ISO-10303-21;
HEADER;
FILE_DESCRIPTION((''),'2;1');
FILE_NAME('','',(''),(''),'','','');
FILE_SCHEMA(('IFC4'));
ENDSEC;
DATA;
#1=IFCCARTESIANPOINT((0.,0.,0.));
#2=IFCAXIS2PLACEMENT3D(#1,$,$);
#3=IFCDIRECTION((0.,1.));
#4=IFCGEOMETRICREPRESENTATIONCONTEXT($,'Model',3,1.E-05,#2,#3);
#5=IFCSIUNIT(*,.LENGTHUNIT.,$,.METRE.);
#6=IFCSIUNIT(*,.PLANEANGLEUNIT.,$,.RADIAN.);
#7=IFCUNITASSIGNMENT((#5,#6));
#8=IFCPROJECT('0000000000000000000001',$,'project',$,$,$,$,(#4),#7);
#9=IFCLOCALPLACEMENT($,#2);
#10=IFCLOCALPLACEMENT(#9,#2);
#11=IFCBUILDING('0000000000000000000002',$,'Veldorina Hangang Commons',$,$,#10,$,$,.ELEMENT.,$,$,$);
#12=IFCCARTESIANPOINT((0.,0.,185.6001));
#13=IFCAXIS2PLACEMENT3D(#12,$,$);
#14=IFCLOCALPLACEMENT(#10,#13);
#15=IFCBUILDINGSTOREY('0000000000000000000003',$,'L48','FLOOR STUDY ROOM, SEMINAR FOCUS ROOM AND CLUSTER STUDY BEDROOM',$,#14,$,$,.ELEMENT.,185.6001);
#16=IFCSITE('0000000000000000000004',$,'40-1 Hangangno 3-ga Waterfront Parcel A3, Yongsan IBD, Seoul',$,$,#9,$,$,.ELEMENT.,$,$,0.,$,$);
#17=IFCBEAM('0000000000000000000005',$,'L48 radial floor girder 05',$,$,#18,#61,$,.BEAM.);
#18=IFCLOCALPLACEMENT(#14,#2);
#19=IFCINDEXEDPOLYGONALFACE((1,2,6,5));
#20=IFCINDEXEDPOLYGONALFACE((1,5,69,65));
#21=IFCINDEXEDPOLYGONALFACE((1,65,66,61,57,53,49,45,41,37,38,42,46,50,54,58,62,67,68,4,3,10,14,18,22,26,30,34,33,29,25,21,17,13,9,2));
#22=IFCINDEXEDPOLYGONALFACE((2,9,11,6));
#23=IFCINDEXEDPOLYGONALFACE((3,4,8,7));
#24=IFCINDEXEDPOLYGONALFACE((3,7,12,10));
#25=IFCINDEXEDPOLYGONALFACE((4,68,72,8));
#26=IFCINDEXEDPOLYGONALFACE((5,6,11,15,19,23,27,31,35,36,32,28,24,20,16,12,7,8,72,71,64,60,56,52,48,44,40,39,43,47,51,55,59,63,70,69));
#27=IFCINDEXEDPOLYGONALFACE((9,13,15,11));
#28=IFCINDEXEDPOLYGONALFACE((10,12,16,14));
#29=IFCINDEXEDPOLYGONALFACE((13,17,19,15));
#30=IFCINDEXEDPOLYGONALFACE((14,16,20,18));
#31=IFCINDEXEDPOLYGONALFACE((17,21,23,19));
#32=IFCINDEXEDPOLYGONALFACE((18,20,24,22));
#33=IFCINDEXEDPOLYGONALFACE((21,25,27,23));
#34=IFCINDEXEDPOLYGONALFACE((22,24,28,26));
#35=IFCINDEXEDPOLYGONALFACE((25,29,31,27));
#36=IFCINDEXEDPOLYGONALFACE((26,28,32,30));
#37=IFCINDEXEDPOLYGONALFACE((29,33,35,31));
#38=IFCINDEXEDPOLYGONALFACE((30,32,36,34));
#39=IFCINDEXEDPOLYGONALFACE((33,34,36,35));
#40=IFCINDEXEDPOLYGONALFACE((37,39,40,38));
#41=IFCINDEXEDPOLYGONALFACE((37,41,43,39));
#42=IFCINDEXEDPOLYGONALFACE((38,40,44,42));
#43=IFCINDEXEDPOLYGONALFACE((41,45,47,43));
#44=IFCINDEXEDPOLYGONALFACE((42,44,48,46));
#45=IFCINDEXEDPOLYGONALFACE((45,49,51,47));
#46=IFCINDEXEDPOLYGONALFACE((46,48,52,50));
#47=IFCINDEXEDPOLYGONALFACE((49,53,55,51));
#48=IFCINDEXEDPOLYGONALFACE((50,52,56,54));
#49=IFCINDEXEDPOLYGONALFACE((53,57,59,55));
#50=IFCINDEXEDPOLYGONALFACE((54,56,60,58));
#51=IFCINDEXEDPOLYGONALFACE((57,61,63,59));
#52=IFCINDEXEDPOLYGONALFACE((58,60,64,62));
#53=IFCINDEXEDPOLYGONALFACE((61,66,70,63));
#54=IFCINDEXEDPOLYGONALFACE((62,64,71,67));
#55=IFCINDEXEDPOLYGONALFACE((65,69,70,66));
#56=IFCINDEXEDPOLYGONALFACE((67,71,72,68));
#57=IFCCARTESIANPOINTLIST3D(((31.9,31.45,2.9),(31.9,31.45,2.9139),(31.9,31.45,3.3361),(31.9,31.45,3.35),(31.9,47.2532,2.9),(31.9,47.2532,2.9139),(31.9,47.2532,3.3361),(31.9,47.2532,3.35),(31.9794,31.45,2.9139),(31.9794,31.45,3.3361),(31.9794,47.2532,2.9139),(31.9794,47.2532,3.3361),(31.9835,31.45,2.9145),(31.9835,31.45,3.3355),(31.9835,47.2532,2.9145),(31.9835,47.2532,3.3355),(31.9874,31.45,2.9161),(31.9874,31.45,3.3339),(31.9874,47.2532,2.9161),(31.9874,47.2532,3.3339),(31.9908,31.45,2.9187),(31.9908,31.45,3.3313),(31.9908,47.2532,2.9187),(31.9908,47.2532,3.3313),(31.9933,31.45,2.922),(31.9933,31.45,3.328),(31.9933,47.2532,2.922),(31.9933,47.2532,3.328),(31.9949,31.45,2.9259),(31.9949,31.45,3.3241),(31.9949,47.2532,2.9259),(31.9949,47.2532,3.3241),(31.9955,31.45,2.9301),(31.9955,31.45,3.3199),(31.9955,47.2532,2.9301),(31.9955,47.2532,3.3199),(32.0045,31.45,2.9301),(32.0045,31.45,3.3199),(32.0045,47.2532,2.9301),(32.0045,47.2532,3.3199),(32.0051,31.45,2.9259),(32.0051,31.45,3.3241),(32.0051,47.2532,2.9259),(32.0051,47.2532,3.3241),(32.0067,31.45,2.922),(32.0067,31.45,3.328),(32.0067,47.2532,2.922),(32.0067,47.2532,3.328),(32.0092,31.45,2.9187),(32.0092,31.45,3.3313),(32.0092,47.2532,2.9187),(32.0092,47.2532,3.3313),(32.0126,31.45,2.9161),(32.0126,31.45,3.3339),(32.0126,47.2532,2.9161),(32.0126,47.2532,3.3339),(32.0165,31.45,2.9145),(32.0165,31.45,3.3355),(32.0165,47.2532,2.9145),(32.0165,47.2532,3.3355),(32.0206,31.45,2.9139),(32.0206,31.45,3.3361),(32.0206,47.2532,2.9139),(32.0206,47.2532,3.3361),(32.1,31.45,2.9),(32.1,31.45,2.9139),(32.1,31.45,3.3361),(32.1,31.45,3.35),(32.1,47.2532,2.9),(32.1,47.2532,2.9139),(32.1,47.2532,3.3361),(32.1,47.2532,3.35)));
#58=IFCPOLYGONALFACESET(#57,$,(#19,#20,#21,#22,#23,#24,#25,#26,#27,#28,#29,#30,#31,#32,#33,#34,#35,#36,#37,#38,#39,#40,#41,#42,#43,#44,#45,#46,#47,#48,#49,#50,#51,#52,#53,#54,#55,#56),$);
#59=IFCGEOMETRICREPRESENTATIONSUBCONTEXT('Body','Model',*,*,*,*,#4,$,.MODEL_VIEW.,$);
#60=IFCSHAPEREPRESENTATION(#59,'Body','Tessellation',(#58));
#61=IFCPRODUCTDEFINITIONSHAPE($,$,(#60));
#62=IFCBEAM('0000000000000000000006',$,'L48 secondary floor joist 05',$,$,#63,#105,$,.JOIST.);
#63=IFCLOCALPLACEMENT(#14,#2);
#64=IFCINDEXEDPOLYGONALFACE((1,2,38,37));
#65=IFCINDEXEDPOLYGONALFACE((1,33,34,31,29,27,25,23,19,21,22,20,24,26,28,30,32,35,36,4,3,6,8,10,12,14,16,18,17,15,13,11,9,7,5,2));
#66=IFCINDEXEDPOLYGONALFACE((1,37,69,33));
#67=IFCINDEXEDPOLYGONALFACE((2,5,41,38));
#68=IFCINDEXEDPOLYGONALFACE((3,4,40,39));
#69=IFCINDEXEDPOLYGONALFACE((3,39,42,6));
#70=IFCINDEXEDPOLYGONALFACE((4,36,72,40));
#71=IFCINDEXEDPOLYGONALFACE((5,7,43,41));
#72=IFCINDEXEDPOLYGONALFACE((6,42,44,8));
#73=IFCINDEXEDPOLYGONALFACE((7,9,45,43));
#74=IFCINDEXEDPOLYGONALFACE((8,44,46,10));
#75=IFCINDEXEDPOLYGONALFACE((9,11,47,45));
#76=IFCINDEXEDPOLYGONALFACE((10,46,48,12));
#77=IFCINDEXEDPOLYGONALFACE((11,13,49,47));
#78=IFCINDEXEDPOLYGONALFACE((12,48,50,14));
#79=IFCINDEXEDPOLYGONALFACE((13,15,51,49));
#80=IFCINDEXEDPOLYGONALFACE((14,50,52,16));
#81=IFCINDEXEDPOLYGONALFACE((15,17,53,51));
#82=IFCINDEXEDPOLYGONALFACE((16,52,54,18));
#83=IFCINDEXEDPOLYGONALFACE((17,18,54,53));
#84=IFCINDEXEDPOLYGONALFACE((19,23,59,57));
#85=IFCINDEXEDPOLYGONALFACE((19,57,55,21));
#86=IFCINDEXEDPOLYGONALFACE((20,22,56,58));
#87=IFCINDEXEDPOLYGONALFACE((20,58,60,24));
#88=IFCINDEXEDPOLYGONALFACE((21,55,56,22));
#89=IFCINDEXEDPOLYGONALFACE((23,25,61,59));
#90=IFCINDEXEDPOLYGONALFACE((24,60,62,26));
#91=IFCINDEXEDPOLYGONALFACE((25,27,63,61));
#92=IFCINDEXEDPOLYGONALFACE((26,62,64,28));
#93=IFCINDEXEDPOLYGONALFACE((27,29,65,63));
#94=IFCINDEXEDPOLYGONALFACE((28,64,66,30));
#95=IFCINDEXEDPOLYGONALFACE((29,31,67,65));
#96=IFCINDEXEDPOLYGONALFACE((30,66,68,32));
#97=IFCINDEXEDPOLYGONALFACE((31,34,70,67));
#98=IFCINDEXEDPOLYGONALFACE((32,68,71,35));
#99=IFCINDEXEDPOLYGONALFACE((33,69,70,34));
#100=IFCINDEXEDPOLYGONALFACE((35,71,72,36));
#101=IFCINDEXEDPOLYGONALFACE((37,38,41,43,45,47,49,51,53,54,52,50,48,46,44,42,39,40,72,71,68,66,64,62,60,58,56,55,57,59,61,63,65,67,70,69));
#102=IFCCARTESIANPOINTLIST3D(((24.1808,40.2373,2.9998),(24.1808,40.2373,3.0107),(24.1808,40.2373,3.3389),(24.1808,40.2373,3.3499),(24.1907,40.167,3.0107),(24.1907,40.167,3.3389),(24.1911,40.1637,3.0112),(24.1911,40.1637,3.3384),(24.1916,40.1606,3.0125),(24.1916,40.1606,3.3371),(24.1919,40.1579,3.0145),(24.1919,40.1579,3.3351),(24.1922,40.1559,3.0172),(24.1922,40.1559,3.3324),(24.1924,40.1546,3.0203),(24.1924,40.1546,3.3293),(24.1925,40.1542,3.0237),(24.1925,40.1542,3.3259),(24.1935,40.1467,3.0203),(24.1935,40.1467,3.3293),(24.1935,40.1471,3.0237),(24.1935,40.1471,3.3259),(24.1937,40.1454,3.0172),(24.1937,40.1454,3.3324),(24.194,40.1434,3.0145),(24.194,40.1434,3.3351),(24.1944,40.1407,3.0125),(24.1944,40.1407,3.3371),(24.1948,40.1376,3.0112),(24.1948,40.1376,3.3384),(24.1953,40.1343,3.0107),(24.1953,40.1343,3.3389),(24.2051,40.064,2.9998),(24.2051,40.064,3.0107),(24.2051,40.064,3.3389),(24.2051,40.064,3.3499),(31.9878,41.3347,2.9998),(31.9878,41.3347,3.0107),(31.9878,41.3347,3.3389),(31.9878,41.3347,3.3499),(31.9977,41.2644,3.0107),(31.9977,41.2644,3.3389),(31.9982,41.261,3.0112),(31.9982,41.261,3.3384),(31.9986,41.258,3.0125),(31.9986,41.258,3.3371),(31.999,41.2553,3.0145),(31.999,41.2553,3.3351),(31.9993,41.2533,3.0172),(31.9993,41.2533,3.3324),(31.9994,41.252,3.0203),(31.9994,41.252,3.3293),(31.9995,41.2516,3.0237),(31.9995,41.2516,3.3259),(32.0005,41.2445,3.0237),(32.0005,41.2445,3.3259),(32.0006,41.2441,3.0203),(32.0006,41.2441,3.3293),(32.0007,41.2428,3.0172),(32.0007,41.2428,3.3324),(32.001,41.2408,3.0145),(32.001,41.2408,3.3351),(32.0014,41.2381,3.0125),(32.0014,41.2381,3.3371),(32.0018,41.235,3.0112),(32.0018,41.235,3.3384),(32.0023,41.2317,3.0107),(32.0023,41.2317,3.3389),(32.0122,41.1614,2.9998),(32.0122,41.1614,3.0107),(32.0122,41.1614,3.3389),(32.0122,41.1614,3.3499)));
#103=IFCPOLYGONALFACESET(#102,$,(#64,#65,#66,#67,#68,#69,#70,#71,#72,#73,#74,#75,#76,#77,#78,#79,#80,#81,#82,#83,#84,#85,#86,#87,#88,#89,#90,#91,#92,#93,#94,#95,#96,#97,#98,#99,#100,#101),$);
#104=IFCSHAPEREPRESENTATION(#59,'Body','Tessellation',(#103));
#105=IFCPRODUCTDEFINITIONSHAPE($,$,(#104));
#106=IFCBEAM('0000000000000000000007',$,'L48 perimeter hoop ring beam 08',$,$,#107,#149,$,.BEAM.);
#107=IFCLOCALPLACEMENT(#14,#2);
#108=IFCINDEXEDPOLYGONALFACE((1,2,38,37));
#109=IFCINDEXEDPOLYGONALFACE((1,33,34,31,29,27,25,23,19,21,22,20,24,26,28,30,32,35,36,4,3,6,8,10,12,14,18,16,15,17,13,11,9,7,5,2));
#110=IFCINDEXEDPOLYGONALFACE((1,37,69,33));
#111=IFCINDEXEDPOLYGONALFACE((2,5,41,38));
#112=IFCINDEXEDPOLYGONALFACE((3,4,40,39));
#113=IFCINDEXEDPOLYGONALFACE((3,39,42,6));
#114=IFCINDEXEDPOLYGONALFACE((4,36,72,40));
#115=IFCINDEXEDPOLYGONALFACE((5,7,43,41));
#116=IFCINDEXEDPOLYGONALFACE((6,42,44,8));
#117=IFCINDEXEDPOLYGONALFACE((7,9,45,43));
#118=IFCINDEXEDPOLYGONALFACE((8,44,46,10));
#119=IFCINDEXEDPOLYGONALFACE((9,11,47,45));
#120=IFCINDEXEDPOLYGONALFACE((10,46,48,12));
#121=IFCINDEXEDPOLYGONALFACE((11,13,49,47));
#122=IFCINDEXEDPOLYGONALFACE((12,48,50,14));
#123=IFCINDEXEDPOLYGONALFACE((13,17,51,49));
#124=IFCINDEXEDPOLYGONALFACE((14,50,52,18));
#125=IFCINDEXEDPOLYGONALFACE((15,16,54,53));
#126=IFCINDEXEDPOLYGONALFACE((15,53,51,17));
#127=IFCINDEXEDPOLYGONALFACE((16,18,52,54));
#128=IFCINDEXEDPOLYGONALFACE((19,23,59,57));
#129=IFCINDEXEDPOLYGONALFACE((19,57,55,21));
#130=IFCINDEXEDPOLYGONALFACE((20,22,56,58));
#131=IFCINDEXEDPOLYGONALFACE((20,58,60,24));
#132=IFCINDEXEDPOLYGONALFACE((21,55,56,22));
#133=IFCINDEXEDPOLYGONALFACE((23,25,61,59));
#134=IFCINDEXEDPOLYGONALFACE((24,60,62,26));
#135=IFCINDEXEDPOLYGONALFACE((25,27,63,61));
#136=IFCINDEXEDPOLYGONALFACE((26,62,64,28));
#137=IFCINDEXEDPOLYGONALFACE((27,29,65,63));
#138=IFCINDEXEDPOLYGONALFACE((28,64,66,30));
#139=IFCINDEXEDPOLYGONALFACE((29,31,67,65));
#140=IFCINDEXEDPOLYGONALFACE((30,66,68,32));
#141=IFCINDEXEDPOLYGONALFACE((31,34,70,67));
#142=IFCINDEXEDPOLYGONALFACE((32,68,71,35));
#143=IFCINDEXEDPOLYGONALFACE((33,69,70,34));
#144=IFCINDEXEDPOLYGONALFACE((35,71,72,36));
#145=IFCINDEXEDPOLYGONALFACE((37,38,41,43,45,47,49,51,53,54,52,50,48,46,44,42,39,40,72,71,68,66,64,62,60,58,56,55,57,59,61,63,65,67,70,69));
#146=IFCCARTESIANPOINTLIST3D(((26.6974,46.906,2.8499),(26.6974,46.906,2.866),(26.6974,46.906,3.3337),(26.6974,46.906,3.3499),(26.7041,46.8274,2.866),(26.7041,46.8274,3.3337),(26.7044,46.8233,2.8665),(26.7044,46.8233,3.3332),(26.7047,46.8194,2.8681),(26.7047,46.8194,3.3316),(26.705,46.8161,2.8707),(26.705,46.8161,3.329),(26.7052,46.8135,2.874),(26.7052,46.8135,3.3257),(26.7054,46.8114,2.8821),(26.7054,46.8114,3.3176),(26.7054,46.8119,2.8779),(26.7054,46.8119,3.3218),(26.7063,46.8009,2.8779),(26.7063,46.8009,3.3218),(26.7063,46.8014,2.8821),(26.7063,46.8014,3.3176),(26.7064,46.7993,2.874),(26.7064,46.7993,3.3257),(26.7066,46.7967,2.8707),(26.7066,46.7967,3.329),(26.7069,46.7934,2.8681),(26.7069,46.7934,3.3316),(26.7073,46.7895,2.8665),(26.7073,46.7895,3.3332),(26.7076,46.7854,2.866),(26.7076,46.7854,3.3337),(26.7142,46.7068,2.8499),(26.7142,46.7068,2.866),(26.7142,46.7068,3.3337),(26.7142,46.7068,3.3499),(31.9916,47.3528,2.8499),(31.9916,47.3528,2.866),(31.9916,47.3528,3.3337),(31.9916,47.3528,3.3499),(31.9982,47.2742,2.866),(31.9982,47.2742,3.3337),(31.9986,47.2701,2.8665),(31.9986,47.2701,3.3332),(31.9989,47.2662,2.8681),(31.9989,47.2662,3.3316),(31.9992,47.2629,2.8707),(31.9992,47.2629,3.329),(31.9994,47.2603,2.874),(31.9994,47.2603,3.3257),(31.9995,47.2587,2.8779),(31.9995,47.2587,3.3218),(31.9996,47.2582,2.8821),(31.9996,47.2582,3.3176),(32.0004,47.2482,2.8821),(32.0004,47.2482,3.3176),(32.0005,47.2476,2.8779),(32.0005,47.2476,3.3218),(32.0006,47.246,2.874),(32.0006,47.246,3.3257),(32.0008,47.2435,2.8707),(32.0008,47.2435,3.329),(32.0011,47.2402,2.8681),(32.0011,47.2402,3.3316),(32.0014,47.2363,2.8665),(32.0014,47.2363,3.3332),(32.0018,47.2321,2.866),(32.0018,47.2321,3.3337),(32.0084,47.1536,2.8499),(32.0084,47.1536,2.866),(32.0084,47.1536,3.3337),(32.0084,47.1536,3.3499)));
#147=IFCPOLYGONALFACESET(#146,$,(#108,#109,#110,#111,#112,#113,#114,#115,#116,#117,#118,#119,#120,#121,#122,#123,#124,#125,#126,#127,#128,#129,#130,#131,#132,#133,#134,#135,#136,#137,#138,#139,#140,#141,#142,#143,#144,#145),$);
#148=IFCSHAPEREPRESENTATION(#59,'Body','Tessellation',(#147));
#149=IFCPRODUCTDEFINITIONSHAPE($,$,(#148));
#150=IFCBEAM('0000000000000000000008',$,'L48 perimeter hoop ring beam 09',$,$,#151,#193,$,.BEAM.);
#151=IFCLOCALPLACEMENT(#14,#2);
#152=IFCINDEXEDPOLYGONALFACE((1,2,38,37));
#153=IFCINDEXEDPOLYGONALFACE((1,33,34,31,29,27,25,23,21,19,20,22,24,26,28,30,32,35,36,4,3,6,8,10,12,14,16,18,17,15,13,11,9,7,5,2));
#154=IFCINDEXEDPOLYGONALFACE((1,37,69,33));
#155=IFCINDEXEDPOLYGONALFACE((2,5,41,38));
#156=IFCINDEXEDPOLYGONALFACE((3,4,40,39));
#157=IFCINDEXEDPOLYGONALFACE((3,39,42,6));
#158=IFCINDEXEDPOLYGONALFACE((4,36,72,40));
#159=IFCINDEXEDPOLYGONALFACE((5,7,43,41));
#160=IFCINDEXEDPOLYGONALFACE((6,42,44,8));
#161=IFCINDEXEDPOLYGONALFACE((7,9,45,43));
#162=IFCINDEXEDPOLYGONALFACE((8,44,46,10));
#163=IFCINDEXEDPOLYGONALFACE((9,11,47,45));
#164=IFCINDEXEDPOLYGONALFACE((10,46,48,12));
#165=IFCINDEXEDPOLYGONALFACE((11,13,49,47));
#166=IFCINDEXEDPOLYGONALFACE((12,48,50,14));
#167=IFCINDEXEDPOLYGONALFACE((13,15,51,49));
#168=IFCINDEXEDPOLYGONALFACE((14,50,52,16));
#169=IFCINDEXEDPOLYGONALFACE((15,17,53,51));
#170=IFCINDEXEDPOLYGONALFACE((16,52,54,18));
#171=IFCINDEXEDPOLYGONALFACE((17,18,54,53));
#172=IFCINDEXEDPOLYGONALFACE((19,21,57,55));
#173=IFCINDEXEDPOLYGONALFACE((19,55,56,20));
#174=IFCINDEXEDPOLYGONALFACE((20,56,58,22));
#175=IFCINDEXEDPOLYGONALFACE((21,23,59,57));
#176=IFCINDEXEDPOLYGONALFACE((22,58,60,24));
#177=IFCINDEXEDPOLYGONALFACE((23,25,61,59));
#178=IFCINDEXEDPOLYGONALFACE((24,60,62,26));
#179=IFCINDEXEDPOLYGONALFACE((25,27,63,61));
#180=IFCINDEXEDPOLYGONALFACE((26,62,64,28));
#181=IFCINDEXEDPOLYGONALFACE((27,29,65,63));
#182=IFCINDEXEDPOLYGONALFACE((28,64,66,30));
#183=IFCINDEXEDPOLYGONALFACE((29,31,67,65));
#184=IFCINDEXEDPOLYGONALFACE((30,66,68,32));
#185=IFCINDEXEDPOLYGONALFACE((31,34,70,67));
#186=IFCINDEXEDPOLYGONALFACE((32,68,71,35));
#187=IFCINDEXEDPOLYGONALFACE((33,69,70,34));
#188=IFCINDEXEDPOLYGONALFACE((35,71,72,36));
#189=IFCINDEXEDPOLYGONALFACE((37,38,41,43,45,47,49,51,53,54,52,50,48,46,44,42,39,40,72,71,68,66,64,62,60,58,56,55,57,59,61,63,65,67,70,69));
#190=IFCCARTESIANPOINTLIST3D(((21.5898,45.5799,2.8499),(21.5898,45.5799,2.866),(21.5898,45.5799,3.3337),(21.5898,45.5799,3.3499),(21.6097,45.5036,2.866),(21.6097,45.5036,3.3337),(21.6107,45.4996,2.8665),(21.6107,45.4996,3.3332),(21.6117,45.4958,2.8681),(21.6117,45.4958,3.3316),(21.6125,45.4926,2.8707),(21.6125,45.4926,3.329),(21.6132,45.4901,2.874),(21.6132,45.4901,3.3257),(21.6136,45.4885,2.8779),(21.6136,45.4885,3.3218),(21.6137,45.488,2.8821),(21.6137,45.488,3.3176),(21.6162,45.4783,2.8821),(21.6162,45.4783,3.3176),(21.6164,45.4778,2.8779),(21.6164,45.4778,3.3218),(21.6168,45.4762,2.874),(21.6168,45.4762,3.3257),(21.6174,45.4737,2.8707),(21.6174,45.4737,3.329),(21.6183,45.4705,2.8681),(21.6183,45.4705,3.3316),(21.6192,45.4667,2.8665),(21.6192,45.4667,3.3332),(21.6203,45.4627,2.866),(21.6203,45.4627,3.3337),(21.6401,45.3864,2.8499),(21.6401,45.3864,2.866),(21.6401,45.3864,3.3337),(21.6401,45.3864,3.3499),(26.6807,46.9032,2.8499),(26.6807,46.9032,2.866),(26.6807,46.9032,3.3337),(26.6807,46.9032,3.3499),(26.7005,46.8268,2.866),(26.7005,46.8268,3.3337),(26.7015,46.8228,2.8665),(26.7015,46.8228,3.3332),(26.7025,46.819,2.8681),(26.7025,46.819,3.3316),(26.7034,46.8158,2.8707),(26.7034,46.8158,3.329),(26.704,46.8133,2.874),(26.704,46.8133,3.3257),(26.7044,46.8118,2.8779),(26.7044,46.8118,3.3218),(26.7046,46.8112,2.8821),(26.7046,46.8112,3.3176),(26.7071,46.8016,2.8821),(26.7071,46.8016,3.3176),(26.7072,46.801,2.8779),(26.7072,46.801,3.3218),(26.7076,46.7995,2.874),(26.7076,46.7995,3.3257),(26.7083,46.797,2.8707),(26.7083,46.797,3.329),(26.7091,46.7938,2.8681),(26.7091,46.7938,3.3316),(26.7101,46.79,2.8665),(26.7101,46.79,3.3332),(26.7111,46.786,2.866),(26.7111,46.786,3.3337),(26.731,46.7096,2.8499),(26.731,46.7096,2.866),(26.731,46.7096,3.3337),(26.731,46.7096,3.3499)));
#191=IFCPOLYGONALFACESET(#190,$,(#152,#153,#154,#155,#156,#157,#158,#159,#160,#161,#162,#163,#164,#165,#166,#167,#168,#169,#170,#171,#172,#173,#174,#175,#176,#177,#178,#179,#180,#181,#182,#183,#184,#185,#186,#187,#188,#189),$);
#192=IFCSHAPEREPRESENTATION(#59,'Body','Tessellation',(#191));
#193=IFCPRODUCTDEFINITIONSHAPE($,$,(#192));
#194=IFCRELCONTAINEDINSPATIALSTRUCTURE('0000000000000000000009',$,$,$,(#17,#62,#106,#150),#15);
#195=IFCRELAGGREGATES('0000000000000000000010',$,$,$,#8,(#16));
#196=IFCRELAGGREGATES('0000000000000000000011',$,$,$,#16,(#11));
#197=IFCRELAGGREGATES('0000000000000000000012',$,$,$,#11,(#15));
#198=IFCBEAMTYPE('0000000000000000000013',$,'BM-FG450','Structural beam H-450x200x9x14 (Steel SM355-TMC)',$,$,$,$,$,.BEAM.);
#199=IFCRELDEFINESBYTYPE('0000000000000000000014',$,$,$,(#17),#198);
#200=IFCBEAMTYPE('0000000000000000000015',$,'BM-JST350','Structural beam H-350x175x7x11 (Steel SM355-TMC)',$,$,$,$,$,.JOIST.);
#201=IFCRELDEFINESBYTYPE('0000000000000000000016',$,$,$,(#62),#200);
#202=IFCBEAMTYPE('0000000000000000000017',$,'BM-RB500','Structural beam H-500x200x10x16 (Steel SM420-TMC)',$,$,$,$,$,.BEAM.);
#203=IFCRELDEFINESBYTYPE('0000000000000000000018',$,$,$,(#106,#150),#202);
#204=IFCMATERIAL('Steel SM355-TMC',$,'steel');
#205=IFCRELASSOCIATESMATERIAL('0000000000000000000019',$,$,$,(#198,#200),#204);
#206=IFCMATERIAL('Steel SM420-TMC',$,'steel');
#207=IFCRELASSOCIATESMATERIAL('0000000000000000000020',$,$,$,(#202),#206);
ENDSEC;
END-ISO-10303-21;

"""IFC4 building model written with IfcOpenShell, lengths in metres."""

from ifc_helpers import new_model, si_unit, direction, frame, origin, origin_2d, place, context, subcontext, project, spatial, i_section, extrude, material, material_profile, profile_set, type_object, element, save


model = new_model("IFC4")

# Units and contexts
model_context = context("Model", 3, precision=1e-05, world=origin(), true_north=direction((0.0, 1.0)))
body_context = subcontext(model_context, "Body", "Model", "MODEL_VIEW")
ifc_project = project(units=[si_unit("LENGTHUNIT", "METRE"), si_unit("PLANEANGLEUNIT", "RADIAN")], contexts=[model_context])

# Site, building, storey
site_placement = place(None, origin())
site = spatial("IfcSite", under=ifc_project, at=site_placement, Name="40-1 Hangangno 3-ga Waterfront Parcel A3, Yongsan IBD, Seoul", CompositionType="ELEMENT", RefElevation=0.0)
building_placement = place(site_placement, origin())
building = spatial("IfcBuilding", under=site, at=building_placement, Name="Veldorina Hangang Commons", CompositionType="ELEMENT")
storey_placement = place(building_placement, frame((0.0, 0.0, 185.6001)))
storey = spatial("IfcBuildingStorey", under=building, at=storey_placement, Name="L48", Description="FLOOR STUDY ROOM, SEMINAR FOCUS ROOM AND CLUSTER STUDY BEDROOM", CompositionType="ELEMENT", Elevation=185.6001)

# Beams
ifc_material_1 = material(Name="Steel SM355-TMC", Category="steel")
ifc_material_profile_1 = material_profile(ifc_material_1, i_section(OverallWidth=0.2, OverallDepth=0.45, WebThickness=0.009, FlangeThickness=0.0139, FilletRadius=0.0161, at=origin_2d()), Name="H-450x200x9x14")
ifc_profile_set_1 = profile_set([ifc_material_profile_1], Name="Steel SM355-TMC")
beam_type_1 = type_object("IfcBeamType", Name="BM-FG450", Description="Structural beam H-450x200x9x14 (Steel SM355-TMC)", PredefinedType="BEAM", material=ifc_profile_set_1)
beam_1_placement = place(storey_placement, frame((32.0, 31.45, 3.125), z_axis=(0.0, 1.0, 0.0), x_axis=(-1.0, 0.0, 0.0)))
element("IfcBeam", 1, at=beam_1_placement, inside=storey, type_object=beam_type_1, Name="L48 radial floor girder 05", PredefinedType="BEAM", context=body_context, shape_type="SweptSolid", body=[
    extrude(i_section(OverallWidth=0.2, OverallDepth=0.45, WebThickness=0.009, FlangeThickness=0.0139, FilletRadius=0.0161, at=origin_2d()), origin(), (0.0, 0.0, 1.0), 15.8032),
])
ifc_material_profile_2 = material_profile(ifc_material_1, i_section(OverallWidth=0.175, OverallDepth=0.3501, WebThickness=0.0071, FlangeThickness=0.011, FilletRadius=0.0129, at=origin_2d()), Name="H-350x175x7x11")
ifc_profile_set_2 = profile_set([ifc_material_profile_2], Name="Steel SM355-TMC")
beam_type_2 = type_object("IfcBeamType", Name="BM-JST350", Description="Structural beam H-350x175x7x11 (Steel SM355-TMC)", PredefinedType="JOIST", material=ifc_profile_set_2)
beam_2_placement = place(storey_placement, frame((32.0, 41.248, 3.1748), z_axis=(-0.990265, -0.139197, 0.0), x_axis=(0.139197, -0.990265, 0.0)))
element("IfcBeam", 2, at=beam_2_placement, inside=storey, type_object=beam_type_2, Name="L48 secondary floor joist 05", PredefinedType="JOIST", context=body_context, shape_type="SweptSolid", body=[
    extrude(i_section(OverallWidth=0.175, OverallDepth=0.3501, WebThickness=0.0071, FlangeThickness=0.011, FilletRadius=0.0129, at=origin_2d()), origin(), (0.0, 0.0, 1.0), 7.8838),
])
ifc_material_2 = material(Name="Steel SM420-TMC", Category="steel")
ifc_material_profile_3 = material_profile(ifc_material_2, i_section(OverallWidth=0.2, OverallDepth=0.5, WebThickness=0.01, FlangeThickness=0.0161, FilletRadius=0.0161, at=origin_2d()), Name="H-500x200x10x16")
ifc_profile_set_3 = profile_set([ifc_material_profile_3], Name="Steel SM420-TMC")
beam_type_3 = type_object("IfcBeamType", Name="BM-RB500", Description="Structural beam H-500x200x10x16 (Steel SM420-TMC)", PredefinedType="BEAM", material=ifc_profile_set_3)
beam_3_placement = place(storey_placement, frame((32.0, 47.2532, 3.0999), z_axis=(-0.996458, -0.084091, 0.0), x_axis=(0.084091, -0.996458, 0.0)))
element("IfcBeam", 3, at=beam_3_placement, inside=storey, type_object=beam_type_3, Name="L48 perimeter hoop ring beam 08", PredefinedType="BEAM", context=body_context, shape_type="SweptSolid", body=[
    extrude(i_section(OverallWidth=0.2, OverallDepth=0.5, WebThickness=0.01, FlangeThickness=0.0161, FilletRadius=0.0161, at=origin_2d()), origin(), (0.0, 0.0, 1.0), 5.313),
])
beam_4_placement = place(storey_placement, frame((26.7058, 46.8064, 3.0999), z_axis=(-0.96784, -0.251568, 0.0), x_axis=(0.251568, -0.96784, 0.0)))
element("IfcBeam", 4, at=beam_4_placement, inside=storey, type_object=beam_type_3, Name="L48 perimeter hoop ring beam 09", PredefinedType="BEAM", context=body_context, shape_type="SweptSolid", body=[
    extrude(i_section(OverallWidth=0.2, OverallDepth=0.5, WebThickness=0.01, FlangeThickness=0.0161, FilletRadius=0.0161, at=origin_2d()), origin(), (0.0, 0.0, 1.0), 5.26),
])

save(model, "model.ifc")
